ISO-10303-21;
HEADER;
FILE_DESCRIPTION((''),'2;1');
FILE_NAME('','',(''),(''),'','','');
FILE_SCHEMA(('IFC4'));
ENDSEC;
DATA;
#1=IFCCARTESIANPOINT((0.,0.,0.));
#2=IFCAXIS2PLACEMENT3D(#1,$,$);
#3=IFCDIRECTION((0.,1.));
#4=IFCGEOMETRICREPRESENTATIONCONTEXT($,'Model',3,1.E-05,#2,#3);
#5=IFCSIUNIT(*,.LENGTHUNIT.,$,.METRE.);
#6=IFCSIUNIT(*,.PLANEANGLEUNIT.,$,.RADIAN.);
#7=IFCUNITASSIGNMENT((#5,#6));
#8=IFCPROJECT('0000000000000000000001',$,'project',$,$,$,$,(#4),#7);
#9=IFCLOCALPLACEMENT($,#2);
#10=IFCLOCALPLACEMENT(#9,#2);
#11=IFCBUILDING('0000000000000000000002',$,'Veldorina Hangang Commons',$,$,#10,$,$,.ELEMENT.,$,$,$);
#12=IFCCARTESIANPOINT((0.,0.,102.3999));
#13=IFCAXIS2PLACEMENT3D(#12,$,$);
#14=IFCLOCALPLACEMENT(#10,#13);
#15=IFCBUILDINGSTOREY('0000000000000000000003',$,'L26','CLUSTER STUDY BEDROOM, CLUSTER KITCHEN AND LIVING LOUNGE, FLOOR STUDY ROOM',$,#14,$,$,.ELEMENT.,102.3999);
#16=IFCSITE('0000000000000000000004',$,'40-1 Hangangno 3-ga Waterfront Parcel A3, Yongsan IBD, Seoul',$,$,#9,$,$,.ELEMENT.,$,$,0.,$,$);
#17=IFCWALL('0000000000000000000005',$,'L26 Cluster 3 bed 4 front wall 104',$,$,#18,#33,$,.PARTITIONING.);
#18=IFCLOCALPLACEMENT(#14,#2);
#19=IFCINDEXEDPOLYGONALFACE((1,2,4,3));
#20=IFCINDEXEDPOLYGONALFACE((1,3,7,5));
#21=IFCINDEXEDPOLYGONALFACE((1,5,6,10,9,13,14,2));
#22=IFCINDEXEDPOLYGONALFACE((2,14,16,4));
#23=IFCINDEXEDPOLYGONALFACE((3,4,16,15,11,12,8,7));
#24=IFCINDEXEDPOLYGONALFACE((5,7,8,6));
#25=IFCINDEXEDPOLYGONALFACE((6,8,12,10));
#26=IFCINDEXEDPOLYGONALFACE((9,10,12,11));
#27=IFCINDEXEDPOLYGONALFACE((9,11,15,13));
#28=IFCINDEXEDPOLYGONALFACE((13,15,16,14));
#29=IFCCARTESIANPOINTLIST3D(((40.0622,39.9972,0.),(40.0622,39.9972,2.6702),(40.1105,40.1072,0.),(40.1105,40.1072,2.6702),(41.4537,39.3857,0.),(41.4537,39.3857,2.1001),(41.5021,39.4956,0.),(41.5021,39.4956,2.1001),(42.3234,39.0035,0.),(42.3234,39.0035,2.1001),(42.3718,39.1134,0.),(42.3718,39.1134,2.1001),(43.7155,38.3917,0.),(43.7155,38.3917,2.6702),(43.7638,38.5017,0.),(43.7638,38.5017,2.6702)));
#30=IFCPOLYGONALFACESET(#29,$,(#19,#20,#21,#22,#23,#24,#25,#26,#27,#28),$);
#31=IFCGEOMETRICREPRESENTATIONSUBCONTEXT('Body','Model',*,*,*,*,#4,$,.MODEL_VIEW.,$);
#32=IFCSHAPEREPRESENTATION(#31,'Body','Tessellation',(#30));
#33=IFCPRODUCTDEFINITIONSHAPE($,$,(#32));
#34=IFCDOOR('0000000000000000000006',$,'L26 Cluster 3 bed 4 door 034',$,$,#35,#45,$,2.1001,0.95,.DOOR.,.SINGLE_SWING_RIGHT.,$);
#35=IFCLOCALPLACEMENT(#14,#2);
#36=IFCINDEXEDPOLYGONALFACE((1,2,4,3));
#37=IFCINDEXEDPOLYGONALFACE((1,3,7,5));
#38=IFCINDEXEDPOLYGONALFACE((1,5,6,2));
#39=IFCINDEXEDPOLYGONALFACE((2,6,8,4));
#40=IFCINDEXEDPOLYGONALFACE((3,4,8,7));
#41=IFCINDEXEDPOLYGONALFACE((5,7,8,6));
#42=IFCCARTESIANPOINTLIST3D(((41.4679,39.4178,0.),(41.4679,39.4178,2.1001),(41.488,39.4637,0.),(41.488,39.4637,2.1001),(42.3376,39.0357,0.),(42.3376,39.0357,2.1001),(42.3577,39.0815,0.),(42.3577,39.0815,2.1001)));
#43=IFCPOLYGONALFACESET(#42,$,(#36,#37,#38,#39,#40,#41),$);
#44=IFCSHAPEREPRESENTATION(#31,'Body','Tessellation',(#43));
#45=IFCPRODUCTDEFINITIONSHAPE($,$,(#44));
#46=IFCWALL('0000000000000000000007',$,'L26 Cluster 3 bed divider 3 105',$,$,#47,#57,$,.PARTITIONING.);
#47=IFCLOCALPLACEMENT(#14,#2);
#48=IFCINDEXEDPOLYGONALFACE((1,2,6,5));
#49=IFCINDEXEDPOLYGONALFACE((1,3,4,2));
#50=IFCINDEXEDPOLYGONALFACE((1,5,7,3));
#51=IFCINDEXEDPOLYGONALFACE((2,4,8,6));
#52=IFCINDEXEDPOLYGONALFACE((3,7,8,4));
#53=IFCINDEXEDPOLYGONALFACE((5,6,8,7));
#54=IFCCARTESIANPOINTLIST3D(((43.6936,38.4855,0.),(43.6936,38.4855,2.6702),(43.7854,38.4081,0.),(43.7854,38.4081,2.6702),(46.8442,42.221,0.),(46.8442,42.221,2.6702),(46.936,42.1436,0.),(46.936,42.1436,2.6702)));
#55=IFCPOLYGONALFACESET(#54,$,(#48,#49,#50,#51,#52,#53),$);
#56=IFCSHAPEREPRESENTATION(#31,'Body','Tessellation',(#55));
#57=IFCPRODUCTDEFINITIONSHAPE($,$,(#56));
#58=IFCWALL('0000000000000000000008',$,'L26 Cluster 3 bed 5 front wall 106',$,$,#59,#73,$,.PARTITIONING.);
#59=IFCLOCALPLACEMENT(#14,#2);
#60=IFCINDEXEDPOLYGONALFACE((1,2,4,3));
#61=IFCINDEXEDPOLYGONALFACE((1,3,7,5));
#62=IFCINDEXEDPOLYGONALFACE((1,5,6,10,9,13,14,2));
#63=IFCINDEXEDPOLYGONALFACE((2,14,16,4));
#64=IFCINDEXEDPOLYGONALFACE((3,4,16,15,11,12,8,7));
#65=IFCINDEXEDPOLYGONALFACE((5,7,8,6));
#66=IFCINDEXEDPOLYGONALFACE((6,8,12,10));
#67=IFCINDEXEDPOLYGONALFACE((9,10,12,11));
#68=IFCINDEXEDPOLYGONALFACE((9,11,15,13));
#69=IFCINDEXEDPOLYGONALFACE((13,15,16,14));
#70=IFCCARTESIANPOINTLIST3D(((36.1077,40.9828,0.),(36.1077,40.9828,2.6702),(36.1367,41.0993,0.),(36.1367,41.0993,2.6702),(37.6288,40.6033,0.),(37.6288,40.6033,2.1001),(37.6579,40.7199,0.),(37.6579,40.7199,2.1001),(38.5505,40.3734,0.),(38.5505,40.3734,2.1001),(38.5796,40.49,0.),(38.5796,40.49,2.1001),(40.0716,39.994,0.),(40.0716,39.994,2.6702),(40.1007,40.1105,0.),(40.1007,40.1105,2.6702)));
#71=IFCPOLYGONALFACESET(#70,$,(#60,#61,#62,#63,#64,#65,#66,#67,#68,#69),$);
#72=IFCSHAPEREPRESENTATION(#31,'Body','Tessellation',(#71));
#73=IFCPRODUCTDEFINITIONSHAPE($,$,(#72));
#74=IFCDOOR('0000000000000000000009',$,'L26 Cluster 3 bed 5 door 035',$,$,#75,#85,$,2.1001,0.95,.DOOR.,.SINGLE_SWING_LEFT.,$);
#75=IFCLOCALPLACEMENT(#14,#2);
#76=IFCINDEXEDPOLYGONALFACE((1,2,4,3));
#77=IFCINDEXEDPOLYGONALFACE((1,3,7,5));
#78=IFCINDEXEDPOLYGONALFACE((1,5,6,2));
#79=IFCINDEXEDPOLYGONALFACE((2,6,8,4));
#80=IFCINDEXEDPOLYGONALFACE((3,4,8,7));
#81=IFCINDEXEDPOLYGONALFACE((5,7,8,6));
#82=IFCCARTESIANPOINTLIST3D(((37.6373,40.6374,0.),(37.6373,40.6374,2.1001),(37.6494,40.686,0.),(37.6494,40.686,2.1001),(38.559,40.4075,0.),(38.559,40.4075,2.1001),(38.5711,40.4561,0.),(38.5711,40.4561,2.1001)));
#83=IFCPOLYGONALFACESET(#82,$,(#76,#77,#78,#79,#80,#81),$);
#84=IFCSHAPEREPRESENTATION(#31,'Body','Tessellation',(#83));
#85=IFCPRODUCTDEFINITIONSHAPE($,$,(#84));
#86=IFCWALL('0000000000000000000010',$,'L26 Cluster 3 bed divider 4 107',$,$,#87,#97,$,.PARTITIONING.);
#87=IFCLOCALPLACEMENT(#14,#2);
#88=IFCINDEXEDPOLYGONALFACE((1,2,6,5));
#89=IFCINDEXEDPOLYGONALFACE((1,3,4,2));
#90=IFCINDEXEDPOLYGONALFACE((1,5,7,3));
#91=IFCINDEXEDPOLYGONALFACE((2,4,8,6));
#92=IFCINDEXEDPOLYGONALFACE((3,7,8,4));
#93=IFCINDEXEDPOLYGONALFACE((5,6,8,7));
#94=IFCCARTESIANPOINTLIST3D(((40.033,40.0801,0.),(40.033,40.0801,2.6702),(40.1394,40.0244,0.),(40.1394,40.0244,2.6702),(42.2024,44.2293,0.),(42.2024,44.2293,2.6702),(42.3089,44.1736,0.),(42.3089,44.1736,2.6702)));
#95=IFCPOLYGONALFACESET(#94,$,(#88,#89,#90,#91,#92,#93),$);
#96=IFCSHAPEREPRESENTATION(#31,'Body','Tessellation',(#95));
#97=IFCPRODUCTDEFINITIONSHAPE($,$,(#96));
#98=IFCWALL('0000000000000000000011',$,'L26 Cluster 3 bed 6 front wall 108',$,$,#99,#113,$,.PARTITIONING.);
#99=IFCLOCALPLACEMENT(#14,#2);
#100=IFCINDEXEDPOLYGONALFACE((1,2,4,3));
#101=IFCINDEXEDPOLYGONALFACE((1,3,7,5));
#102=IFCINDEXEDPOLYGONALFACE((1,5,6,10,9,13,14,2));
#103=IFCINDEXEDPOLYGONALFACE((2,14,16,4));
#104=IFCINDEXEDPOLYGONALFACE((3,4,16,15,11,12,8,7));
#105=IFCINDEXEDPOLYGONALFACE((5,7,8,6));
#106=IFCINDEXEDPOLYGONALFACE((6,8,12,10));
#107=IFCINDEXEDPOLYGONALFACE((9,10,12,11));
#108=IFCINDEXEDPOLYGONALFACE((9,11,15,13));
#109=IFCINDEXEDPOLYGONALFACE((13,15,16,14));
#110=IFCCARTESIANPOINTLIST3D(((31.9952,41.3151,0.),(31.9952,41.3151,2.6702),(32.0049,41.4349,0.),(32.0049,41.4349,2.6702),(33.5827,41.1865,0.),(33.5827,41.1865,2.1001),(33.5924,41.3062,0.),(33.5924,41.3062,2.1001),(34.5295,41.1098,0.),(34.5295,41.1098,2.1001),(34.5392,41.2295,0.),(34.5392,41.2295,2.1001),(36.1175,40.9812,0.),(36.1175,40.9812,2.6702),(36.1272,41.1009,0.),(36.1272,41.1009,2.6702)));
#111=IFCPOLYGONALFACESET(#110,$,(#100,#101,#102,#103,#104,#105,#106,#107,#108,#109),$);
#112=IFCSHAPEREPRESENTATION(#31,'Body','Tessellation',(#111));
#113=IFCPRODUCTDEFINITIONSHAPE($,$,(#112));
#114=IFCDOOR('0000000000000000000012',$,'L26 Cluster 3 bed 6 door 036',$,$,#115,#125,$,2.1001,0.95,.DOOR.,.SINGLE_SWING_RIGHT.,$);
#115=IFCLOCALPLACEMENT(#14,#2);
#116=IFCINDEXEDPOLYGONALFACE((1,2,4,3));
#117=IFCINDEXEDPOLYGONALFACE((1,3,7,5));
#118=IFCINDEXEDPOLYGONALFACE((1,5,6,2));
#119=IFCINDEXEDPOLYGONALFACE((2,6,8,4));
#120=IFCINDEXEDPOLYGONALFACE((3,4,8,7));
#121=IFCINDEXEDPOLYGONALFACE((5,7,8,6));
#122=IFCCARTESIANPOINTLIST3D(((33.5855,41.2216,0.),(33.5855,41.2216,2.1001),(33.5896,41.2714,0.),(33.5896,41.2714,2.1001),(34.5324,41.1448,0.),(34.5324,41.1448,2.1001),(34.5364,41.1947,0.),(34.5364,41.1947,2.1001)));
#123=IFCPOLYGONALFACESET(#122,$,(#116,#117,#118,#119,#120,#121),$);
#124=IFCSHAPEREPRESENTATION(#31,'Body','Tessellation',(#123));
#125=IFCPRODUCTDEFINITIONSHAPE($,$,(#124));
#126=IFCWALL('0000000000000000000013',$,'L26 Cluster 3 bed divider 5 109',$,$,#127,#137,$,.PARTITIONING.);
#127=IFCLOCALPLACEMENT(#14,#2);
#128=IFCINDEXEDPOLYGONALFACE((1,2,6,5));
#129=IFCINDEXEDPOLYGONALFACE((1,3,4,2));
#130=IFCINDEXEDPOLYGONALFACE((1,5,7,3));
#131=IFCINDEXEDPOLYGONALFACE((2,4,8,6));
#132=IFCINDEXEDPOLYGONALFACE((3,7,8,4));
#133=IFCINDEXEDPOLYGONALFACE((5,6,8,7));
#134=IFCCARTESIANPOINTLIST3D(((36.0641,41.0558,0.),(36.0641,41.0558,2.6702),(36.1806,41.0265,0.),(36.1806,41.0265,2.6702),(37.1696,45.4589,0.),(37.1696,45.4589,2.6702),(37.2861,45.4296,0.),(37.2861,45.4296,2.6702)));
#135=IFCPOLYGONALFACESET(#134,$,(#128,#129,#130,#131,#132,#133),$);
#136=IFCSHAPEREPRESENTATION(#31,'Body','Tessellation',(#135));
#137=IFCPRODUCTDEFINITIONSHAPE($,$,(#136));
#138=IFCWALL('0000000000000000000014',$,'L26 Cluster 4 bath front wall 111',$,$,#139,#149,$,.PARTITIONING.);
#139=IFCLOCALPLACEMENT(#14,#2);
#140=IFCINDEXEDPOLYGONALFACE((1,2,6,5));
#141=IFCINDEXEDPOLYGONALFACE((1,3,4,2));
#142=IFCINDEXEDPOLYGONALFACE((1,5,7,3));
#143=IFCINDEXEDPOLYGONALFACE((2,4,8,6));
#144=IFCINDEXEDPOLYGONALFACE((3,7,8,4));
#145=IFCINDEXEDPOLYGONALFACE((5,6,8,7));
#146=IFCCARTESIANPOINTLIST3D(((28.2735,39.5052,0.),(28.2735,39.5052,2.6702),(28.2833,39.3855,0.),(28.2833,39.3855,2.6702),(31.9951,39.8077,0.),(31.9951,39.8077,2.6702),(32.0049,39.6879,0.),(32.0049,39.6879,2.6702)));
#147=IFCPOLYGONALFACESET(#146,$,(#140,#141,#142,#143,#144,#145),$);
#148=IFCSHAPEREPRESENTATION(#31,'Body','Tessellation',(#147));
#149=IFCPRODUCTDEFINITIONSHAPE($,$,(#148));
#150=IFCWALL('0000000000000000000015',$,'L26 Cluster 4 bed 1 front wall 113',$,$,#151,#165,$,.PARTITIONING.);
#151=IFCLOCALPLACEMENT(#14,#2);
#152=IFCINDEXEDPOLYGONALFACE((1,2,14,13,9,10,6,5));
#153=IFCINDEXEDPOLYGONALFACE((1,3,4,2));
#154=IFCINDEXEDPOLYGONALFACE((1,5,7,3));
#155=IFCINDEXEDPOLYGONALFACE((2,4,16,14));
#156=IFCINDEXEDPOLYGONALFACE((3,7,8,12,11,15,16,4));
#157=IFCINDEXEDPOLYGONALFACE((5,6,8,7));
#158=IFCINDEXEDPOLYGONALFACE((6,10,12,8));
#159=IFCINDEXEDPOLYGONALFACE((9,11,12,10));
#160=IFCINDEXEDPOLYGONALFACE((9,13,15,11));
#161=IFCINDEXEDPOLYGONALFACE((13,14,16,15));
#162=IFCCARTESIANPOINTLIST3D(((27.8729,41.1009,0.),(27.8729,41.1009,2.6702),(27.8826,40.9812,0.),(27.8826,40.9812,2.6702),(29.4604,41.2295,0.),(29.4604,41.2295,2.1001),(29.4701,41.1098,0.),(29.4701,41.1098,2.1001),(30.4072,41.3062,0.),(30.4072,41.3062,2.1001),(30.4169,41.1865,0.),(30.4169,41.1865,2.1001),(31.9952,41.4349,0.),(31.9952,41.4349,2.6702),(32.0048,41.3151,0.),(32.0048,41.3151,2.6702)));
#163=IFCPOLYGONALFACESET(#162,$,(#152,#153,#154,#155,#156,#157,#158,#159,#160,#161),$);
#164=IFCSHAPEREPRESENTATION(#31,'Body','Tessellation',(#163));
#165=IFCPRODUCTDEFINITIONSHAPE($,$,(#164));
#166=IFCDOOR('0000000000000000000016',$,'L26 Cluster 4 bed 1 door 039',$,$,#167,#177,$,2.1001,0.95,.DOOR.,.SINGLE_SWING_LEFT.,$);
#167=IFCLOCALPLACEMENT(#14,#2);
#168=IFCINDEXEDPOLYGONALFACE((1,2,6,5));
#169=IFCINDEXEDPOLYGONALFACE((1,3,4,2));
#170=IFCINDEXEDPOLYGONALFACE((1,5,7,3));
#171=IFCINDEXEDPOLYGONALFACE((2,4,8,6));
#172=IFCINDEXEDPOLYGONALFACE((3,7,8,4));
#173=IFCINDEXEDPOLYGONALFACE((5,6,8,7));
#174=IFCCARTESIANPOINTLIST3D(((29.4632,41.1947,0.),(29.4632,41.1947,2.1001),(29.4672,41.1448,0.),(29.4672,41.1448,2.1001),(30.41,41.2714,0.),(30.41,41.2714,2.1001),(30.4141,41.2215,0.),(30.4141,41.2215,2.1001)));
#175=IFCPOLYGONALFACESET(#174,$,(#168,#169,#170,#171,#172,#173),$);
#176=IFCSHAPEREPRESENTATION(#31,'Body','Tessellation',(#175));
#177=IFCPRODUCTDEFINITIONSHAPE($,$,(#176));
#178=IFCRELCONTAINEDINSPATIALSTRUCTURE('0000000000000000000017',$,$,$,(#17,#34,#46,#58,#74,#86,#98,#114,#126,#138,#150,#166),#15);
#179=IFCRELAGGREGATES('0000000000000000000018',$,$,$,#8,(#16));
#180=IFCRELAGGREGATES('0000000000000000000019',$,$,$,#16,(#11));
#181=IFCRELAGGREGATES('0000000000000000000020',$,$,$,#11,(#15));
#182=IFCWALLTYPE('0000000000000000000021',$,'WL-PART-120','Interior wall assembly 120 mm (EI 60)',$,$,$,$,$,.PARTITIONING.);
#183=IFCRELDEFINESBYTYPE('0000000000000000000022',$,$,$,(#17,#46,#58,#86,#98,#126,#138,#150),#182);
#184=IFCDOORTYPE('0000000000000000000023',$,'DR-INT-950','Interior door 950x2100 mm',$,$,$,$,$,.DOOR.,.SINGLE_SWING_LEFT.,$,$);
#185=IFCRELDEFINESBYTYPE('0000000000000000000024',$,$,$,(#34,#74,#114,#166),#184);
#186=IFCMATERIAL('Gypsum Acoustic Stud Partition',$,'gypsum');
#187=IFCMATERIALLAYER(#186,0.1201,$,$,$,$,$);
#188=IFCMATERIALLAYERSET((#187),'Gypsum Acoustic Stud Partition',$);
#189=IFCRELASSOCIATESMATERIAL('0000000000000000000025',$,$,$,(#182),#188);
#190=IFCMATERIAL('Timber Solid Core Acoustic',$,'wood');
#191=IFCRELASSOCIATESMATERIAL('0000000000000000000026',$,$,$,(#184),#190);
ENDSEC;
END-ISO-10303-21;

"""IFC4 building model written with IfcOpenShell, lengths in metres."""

from ifc_helpers import new_model, si_unit, direction, frame, frame_2d, origin, place, context, subcontext, project, spatial, rectangle, extrude, material, layer, layer_set, type_object, element, fill, save


model = new_model("IFC4")

# Units and contexts
model_context = context("Model", 3, precision=1e-05, world=origin(), true_north=direction((0.0, 1.0)))
body_context = subcontext(model_context, "Body", "Model", "MODEL_VIEW")
ifc_project = project(units=[si_unit("LENGTHUNIT", "METRE"), si_unit("PLANEANGLEUNIT", "RADIAN")], contexts=[model_context])

# Site, building, storey
site_placement = place(None, origin())
site = spatial("IfcSite", under=ifc_project, at=site_placement, Name="40-1 Hangangno 3-ga Waterfront Parcel A3, Yongsan IBD, Seoul", CompositionType="ELEMENT", RefElevation=0.0)
building_placement = place(site_placement, origin())
building = spatial("IfcBuilding", under=site, at=building_placement, Name="Veldorina Hangang Commons", CompositionType="ELEMENT")
storey_placement = place(building_placement, frame((0.0, 0.0, 102.3999)))
storey = spatial("IfcBuildingStorey", under=building, at=storey_placement, Name="L26", Description="CLUSTER STUDY BEDROOM, CLUSTER KITCHEN AND LIVING LOUNGE, FLOOR STUDY ROOM", CompositionType="ELEMENT", Elevation=102.3999)

# Wall, opening, door
ifc_material_1 = material(Name="Gypsum Acoustic Stud Partition", Category="gypsum")
ifc_layer_1 = layer(ifc_material_1, 0.1201)
ifc_layer_set_1 = layer_set([ifc_layer_1], Name="Gypsum Acoustic Stud Partition")
wall_type_1 = type_object("IfcWallType", Name="WL-PART-120", Description="Interior wall assembly 120 mm (EI 60)", PredefinedType="PARTITIONING", material=ifc_layer_set_1)
wall_1_placement = place(storey_placement, frame((43.7395, 38.4468, 0.0), z_axis=(0.0, 0.0, 1.0), x_axis=(-0.915499, 0.40232, 0.0)))
wall_1 = element("IfcWall", 1, at=wall_1_placement, inside=storey, type_object=wall_type_1, Name="L26 Cluster 3 bed 4 front wall 104", PredefinedType="PARTITIONING", context=body_context, shape_type="SweptSolid", body=[
    extrude(rectangle(XDim=3.9905, YDim=0.1201, at=frame_2d((1.9951, 0.0))), origin(), (0.0, 0.0, 1.0), 2.6702),
])
opening_1_placement = place(wall_1_placement, frame((1.5203, 0.0, 0.0)))
opening_1 = element("IfcOpeningElement", 2, at=opening_1_placement, cuts=wall_1, PredefinedType="OPENING", context=body_context, shape_type="SweptSolid", body=[
    extrude(rectangle(XDim=0.95, YDim=2.1001, at=frame_2d((0.4751, 1.05))), frame((0.0, 0.0701, 0.0), z_axis=(0.0, -1.0, 0.0), x_axis=(1.0, 0.0, 0.0)), (0.0, 0.0, 1.0), 0.1401),
])
ifc_material_2 = material(Name="Timber Solid Core Acoustic", Category="wood")
door_type = type_object("IfcDoorType", Name="DR-INT-950", Description="Interior door 950x2100 mm", OperationType="SINGLE_SWING_LEFT", PredefinedType="DOOR", material=ifc_material_2)
door_1_placement = place(opening_1_placement, origin())
door_1 = element("IfcDoor", 3, at=door_1_placement, inside=storey, type_object=door_type, Name="L26 Cluster 3 bed 4 door 034", OperationType="SINGLE_SWING_RIGHT", OverallHeight=2.1001, OverallWidth=0.95, PredefinedType="DOOR", context=body_context, shape_type="SweptSolid", body=[
    extrude(rectangle(XDim=0.95, YDim=2.1001, at=frame_2d((0.4751, 1.05))), frame((0.0, 0.0249, 0.0), z_axis=(0.0, -1.0, 0.0), x_axis=(1.0, 0.0, 0.0)), (0.0, 0.0, 1.0), 0.05),
])
fill(opening_1, door_1)

# Wall
wall_2_placement = place(storey_placement, frame((43.7395, 38.4468, 0.0), z_axis=(0.0, 0.0, 1.0), x_axis=(0.644719, 0.76442, 0.0)))
element("IfcWall", 4, at=wall_2_placement, inside=storey, type_object=wall_type_1, Name="L26 Cluster 3 bed divider 3 105", PredefinedType="PARTITIONING", context=body_context, shape_type="SweptSolid", body=[
    extrude(rectangle(XDim=4.8867, YDim=0.1201, at=frame_2d((2.4434, 0.0))), origin(), (0.0, 0.0, 1.0), 2.6702),
])

# Wall, opening, door
wall_3_placement = place(storey_placement, frame((40.0862, 40.0522, 0.0), z_axis=(0.0, 0.0, 1.0), x_axis=(-0.970269, 0.242029, 0.0)))
wall_3 = element("IfcWall", 5, at=wall_3_placement, inside=storey, type_object=wall_type_1, Name="L26 Cluster 3 bed 5 front wall 106", PredefinedType="PARTITIONING", context=body_context, shape_type="SweptSolid", body=[
    extrude(rectangle(XDim=4.0854, YDim=0.1201, at=frame_2d((2.0427, 0.0))), origin(), (0.0, 0.0, 1.0), 2.6702),
])
opening_2_placement = place(wall_3_placement, frame((1.5676, 0.0, 0.0)))
opening_2 = element("IfcOpeningElement", 6, at=opening_2_placement, cuts=wall_3, PredefinedType="OPENING", context=body_context, shape_type="SweptSolid", body=[
    extrude(rectangle(XDim=0.95, YDim=2.1001, at=frame_2d((0.4751, 1.05))), frame((0.0, 0.0701, 0.0), z_axis=(0.0, -1.0, 0.0), x_axis=(1.0, 0.0, 0.0)), (0.0, 0.0, 1.0), 0.1401),
])
door_2_placement = place(opening_2_placement, origin())
door_2 = element("IfcDoor", 7, at=door_2_placement, inside=storey, type_object=door_type, Name="L26 Cluster 3 bed 5 door 035", OperationType="SINGLE_SWING_LEFT", OverallHeight=2.1001, OverallWidth=0.95, PredefinedType="DOOR", context=body_context, shape_type="SweptSolid", body=[
    extrude(rectangle(XDim=0.95, YDim=2.1001, at=frame_2d((0.4751, 1.05))), frame((0.0, 0.0249, 0.0), z_axis=(0.0, -1.0, 0.0), x_axis=(1.0, 0.0, 0.0)), (0.0, 0.0, 1.0), 0.05),
])
fill(opening_2, door_2)

# Wall
wall_4_placement = place(storey_placement, frame((40.0862, 40.0522, 0.0), z_axis=(0.0, 0.0, 1.0), x_axis=(0.463346, 0.886177, 0.0)))
element("IfcWall", 8, at=wall_4_placement, inside=storey, type_object=wall_type_1, Name="L26 Cluster 3 bed divider 4 107", PredefinedType="PARTITIONING", context=body_context, shape_type="SweptSolid", body=[
    extrude(rectangle(XDim=4.6821, YDim=0.1201, at=frame_2d((2.3411, 0.0))), origin(), (0.0, 0.0, 1.0), 2.6702),
])

# Wall, opening, door
wall_5_placement = place(storey_placement, frame((36.1223, 41.041, 0.0), z_axis=(0.0, 0.0, 1.0), x_axis=(-0.996734, 0.080754, 0.0)))
wall_5 = element("IfcWall", 9, at=wall_5_placement, inside=storey, type_object=wall_type_1, Name="L26 Cluster 3 bed 6 front wall 108", PredefinedType="PARTITIONING", context=body_context, shape_type="SweptSolid", body=[
    extrude(rectangle(XDim=4.1357, YDim=0.1201, at=frame_2d((2.0679, 0.0))), origin(), (0.0, 0.0, 1.0), 2.6702),
])
opening_3_placement = place(wall_5_placement, frame((1.593, 0.0, 0.0)))
opening_3 = element("IfcOpeningElement", 10, at=opening_3_placement, cuts=wall_5, PredefinedType="OPENING", context=body_context, shape_type="SweptSolid", body=[
    extrude(rectangle(XDim=0.95, YDim=2.1001, at=frame_2d((0.4751, 1.05))), frame((0.0, 0.0701, 0.0), z_axis=(0.0, -1.0, 0.0), x_axis=(1.0, 0.0, 0.0)), (0.0, 0.0, 1.0), 0.1401),
])
door_3_placement = place(opening_3_placement, origin())
door_3 = element("IfcDoor", 11, at=door_3_placement, inside=storey, type_object=door_type, Name="L26 Cluster 3 bed 6 door 036", OperationType="SINGLE_SWING_RIGHT", OverallHeight=2.1001, OverallWidth=0.95, PredefinedType="DOOR", context=body_context, shape_type="SweptSolid", body=[
    extrude(rectangle(XDim=0.95, YDim=2.1001, at=frame_2d((0.4751, 1.05))), frame((0.0, 0.0249, 0.0), z_axis=(0.0, -1.0, 0.0), x_axis=(1.0, 0.0, 0.0)), (0.0, 0.0, 1.0), 0.05),
])
fill(opening_3, door_3)

# Walls
wall_6_placement = place(storey_placement, frame((36.1223, 41.041, 0.0), z_axis=(0.0, 0.0, 1.0), x_axis=(0.24351, 0.969898, 0.0)))
element("IfcWall", 12, at=wall_6_placement, inside=storey, type_object=wall_type_1, Name="L26 Cluster 3 bed divider 5 109", PredefinedType="PARTITIONING", context=body_context, shape_type="SweptSolid", body=[
    extrude(rectangle(XDim=4.5398, YDim=0.1201, at=frame_2d((2.27, 0.0))), origin(), (0.0, 0.0, 1.0), 2.6702),
])
wall_7_placement = place(storey_placement, frame((32.0, 39.7478, 0.0), z_axis=(0.0, 0.0, 1.0), x_axis=(-0.996713, -0.081011, 0.0)))
element("IfcWall", 13, at=wall_7_placement, inside=storey, type_object=wall_type_1, Name="L26 Cluster 4 bath front wall 111", PredefinedType="PARTITIONING", context=body_context, shape_type="SweptSolid", body=[
    extrude(rectangle(XDim=3.7339, YDim=0.1201, at=frame_2d((1.8669, 0.0))), origin(), (0.0, 0.0, 1.0), 2.6702),
])

# Wall, opening, door
wall_8_placement = place(storey_placement, frame((32.0, 41.375, 0.0), z_axis=(0.0, 0.0, 1.0), x_axis=(-0.996734, -0.080754, 0.0)))
wall_8 = element("IfcWall", 14, at=wall_8_placement, inside=storey, type_object=wall_type_1, Name="L26 Cluster 4 bed 1 front wall 113", PredefinedType="PARTITIONING", context=body_context, shape_type="SweptSolid", body=[
    extrude(rectangle(XDim=4.1357, YDim=0.1201, at=frame_2d((2.0679, 0.0))), origin(), (0.0, 0.0, 1.0), 2.6702),
])
opening_4_placement = place(wall_8_placement, frame((1.593, 0.0, 0.0)))
opening_4 = element("IfcOpeningElement", 15, at=opening_4_placement, cuts=wall_8, PredefinedType="OPENING", context=body_context, shape_type="SweptSolid", body=[
    extrude(rectangle(XDim=0.95, YDim=2.1001, at=frame_2d((0.4751, 1.05))), frame((0.0, 0.0701, 0.0), z_axis=(0.0, -1.0, 0.0), x_axis=(1.0, 0.0, 0.0)), (0.0, 0.0, 1.0), 0.1401),
])
door_4_placement = place(opening_4_placement, origin())
door_4 = element("IfcDoor", 16, at=door_4_placement, inside=storey, type_object=door_type, Name="L26 Cluster 4 bed 1 door 039", OperationType="SINGLE_SWING_LEFT", OverallHeight=2.1001, OverallWidth=0.95, PredefinedType="DOOR", context=body_context, shape_type="SweptSolid", body=[
    extrude(rectangle(XDim=0.95, YDim=2.1001, at=frame_2d((0.4751, 1.05))), frame((0.0, 0.0249, 0.0), z_axis=(0.0, -1.0, 0.0), x_axis=(1.0, 0.0, 0.0)), (0.0, 0.0, 1.0), 0.05),
])
fill(opening_4, door_4)

save(model, "model.ifc")
